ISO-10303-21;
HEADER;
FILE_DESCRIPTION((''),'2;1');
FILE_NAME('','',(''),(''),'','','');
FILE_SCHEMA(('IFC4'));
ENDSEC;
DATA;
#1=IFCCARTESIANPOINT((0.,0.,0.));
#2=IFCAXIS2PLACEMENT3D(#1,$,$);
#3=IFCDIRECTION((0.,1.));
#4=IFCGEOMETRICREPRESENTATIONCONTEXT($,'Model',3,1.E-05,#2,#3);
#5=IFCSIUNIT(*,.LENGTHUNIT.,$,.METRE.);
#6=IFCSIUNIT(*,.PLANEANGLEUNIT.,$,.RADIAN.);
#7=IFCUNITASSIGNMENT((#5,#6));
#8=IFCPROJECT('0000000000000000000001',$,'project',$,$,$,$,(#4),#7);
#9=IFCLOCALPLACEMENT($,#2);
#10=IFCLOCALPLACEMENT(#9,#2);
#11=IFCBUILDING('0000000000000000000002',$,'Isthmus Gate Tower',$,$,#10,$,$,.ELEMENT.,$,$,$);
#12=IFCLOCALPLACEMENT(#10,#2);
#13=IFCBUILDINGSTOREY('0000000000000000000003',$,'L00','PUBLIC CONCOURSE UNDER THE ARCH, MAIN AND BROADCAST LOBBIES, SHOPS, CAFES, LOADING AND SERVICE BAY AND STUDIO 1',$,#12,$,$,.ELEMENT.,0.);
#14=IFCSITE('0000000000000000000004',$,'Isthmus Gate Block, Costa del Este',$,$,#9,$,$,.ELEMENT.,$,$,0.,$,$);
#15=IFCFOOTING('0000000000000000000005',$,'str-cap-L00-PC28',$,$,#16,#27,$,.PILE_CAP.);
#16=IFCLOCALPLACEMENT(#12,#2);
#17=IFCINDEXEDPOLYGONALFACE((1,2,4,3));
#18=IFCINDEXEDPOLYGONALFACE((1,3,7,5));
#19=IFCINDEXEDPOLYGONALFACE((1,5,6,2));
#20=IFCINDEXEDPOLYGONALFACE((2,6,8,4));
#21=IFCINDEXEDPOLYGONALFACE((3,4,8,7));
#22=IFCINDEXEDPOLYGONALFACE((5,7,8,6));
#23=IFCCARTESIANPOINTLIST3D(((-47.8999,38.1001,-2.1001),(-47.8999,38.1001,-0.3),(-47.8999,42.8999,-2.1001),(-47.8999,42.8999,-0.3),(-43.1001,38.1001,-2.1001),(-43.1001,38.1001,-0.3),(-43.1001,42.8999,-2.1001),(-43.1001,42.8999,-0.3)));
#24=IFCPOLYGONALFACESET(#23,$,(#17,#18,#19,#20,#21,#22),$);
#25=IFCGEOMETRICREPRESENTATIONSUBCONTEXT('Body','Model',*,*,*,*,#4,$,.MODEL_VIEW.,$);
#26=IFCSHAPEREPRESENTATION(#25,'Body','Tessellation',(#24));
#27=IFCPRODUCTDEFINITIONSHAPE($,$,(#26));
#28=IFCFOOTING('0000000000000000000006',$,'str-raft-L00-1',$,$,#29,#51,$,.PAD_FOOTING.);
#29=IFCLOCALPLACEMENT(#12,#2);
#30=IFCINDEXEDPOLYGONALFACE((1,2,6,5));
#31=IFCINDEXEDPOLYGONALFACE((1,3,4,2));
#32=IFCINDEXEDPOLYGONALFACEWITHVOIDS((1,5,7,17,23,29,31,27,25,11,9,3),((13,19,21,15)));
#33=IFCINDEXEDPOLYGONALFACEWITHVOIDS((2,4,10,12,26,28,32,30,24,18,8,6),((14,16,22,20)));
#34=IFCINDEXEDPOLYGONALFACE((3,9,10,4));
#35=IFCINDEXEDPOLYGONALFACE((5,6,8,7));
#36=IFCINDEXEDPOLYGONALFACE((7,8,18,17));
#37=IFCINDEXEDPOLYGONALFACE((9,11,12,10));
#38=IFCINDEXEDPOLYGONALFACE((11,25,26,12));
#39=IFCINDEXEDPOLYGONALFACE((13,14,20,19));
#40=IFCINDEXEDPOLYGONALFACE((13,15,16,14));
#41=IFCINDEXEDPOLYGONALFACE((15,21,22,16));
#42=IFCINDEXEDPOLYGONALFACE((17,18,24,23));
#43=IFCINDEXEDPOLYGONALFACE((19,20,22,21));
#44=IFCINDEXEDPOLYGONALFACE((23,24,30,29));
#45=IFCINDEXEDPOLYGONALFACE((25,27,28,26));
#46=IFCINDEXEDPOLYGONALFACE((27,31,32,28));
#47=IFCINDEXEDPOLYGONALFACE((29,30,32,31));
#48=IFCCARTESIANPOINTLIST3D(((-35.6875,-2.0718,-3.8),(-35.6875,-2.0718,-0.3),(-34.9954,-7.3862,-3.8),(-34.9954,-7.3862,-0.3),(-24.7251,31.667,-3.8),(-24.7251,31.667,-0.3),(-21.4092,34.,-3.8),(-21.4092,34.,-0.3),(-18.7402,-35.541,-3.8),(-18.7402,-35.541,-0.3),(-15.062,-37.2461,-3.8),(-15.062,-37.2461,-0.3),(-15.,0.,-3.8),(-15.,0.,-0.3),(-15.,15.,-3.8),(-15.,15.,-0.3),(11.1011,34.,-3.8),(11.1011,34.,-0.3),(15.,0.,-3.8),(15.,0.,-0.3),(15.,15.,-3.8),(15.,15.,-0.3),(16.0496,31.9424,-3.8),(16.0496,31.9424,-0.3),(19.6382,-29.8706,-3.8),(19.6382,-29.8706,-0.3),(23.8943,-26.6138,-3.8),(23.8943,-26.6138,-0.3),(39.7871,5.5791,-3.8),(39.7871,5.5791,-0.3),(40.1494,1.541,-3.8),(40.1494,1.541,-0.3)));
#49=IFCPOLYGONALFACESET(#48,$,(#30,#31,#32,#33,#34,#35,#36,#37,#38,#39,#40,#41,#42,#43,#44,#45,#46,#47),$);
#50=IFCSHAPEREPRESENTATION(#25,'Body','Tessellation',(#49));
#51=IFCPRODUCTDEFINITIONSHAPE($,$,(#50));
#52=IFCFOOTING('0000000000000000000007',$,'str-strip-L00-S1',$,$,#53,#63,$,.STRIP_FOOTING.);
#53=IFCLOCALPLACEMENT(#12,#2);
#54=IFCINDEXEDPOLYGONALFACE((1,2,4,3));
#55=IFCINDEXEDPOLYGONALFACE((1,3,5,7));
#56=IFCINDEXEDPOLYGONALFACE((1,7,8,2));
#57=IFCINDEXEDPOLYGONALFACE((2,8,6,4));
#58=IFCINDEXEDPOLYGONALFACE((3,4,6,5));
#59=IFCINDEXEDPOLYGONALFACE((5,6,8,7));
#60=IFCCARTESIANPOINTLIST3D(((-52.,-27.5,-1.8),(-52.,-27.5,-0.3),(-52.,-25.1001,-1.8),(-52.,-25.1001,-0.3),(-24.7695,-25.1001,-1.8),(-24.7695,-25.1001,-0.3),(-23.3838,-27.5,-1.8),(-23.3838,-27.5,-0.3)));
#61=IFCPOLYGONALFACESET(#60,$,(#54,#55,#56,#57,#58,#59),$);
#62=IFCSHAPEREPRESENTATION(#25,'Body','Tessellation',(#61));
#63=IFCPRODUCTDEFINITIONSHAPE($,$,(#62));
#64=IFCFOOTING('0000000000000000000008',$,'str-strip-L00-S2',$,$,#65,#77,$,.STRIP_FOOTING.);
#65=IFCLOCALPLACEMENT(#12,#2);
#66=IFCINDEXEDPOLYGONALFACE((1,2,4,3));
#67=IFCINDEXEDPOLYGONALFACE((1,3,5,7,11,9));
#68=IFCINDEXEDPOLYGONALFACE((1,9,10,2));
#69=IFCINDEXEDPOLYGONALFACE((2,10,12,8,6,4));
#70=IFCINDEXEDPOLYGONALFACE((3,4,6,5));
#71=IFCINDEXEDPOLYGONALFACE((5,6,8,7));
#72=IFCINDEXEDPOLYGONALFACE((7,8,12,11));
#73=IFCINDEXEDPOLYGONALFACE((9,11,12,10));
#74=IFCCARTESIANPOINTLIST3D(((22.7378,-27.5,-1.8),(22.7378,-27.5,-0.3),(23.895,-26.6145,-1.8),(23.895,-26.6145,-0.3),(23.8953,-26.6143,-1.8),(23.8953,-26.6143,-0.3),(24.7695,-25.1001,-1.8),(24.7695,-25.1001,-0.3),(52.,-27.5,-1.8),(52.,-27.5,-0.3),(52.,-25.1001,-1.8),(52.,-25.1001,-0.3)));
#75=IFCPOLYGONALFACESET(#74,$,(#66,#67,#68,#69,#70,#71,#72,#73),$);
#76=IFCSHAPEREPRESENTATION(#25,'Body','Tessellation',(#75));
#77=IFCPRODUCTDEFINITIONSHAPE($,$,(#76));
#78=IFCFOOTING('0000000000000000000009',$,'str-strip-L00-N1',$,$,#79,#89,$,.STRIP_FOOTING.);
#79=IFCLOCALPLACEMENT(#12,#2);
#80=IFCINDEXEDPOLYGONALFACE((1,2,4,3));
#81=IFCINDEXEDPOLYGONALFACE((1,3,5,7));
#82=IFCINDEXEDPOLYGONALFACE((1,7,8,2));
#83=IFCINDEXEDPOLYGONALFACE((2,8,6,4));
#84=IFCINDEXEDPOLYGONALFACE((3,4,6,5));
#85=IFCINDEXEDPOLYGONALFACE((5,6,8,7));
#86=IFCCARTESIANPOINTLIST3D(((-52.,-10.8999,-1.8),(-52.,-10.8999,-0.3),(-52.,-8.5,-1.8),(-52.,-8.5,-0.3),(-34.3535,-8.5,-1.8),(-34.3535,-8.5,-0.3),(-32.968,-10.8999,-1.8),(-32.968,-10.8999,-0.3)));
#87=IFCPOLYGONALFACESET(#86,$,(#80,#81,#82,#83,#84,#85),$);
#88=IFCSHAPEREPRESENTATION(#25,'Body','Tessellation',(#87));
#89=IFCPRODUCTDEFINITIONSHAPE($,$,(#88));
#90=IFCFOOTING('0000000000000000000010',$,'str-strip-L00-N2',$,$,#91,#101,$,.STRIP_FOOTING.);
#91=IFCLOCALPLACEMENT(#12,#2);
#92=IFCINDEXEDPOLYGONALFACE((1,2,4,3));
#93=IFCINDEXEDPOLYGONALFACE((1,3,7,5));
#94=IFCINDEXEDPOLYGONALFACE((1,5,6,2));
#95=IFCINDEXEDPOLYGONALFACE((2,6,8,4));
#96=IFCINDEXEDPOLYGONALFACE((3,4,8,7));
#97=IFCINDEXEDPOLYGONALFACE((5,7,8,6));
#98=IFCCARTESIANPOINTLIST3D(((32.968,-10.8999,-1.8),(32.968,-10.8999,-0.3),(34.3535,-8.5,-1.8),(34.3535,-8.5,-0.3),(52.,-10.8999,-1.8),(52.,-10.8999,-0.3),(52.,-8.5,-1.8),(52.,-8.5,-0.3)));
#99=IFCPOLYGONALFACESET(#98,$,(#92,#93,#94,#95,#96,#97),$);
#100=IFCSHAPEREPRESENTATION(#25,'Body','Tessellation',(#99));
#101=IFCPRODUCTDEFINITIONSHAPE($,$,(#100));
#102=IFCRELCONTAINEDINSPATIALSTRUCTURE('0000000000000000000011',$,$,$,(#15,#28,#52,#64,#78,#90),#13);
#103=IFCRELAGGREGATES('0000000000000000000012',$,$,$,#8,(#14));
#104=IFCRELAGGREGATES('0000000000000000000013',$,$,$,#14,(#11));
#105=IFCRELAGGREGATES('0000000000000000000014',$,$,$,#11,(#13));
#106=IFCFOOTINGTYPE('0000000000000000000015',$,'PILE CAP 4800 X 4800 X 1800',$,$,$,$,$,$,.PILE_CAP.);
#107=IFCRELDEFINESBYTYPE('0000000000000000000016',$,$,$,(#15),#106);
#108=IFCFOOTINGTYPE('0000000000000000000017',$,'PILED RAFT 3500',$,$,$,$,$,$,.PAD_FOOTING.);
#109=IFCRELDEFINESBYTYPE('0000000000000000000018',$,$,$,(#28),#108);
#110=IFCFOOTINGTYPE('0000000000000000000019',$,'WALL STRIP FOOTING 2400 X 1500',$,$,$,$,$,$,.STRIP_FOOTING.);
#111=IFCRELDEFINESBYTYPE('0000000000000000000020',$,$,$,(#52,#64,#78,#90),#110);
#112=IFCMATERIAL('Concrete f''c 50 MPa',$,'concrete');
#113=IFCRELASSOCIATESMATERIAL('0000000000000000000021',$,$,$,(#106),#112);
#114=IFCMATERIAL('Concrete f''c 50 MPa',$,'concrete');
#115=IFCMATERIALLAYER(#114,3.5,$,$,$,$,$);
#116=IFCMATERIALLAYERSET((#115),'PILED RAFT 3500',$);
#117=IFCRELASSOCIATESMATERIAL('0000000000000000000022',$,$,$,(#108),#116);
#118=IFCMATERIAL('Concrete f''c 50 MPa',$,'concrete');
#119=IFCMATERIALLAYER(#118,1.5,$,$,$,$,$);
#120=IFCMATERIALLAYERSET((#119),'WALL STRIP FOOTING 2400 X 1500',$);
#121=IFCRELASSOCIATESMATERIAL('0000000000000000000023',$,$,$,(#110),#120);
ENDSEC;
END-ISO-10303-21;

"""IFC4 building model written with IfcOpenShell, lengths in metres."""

from ifc_helpers import new_model, si_unit, direction, frame, origin, place, context, subcontext, project, spatial, polyline, outline, extrude, material, layer, layer_set, type_object, element, save


model = new_model("IFC4")

# Units and contexts
model_context = context("Model", 3, precision=1e-05, world=origin(), true_north=direction((0.0, 1.0)))
body_context = subcontext(model_context, "Body", "Model", "MODEL_VIEW")
ifc_project = project(units=[si_unit("LENGTHUNIT", "METRE"), si_unit("PLANEANGLEUNIT", "RADIAN")], contexts=[model_context])

# Site, building, storey
site_placement = place(None, origin())
site = spatial("IfcSite", under=ifc_project, at=site_placement, Name="Isthmus Gate Block, Costa del Este", CompositionType="ELEMENT", RefElevation=0.0)
building_placement = place(site_placement, origin())
building = spatial("IfcBuilding", under=site, at=building_placement, Name="Isthmus Gate Tower", CompositionType="ELEMENT")
storey_placement = place(building_placement, origin())
storey = spatial("IfcBuildingStorey", under=building, at=storey_placement, Name="L00", Description="PUBLIC CONCOURSE UNDER THE ARCH, MAIN AND BROADCAST LOBBIES, SHOPS, CAFES, LOADING AND SERVICE BAY AND STUDIO 1", CompositionType="ELEMENT", Elevation=0.0)

# Footings
ifc_material_1 = material(Name="Concrete f'c 50 MPa", Category="concrete")
footing_type_1 = type_object("IfcFootingType", Name="PILE CAP 4800 X 4800 X 1800", PredefinedType="PILE_CAP", material=ifc_material_1)
footing_1_placement = place(storey_placement, frame((0.0, 0.0, -2.1001)))
element("IfcFooting", 1, at=footing_1_placement, inside=storey, type_object=footing_type_1, Name="str-cap-L00-PC28", PredefinedType="PILE_CAP", context=body_context, shape_type="SweptSolid", body=[
    extrude(outline(polyline([(-43.1001, 38.1001), (-43.1001, 42.8999), (-47.8999, 42.8999), (-47.8999, 38.1001), (-43.1001, 38.1001)])), origin(), (0.0, 0.0, 1.0), 1.8),
])
ifc_material_2 = material(Name="Concrete f'c 50 MPa", Category="concrete")
ifc_layer_1 = layer(ifc_material_2, 3.5)
ifc_layer_set_1 = layer_set([ifc_layer_1], Name="PILED RAFT 3500")
footing_type_2 = type_object("IfcFootingType", Name="PILED RAFT 3500", PredefinedType="PAD_FOOTING", material=ifc_layer_set_1)
footing_2_placement = place(storey_placement, frame((0.0, 0.0, -3.8)))
element("IfcFooting", 2, at=footing_2_placement, inside=storey, type_object=footing_type_2, Name="str-raft-L00-1", PredefinedType="PAD_FOOTING", context=body_context, shape_type="SweptSolid", body=[
    extrude(outline(polyline([(16.0496, 31.9424), (39.7871, 5.5791), (40.1494, 1.541), (23.8943, -26.6138), (19.6382, -29.8706), (-15.062, -37.2461), (-18.7402, -35.541), (-34.9954, -7.3862), (-35.6875, -2.0718), (-24.7251, 31.667), (-21.4092, 34.0), (11.1011, 34.0), (16.0496, 31.9424)]), holes=[polyline([(15.0, 15.0), (-15.0, 15.0), (-15.0, 0.0), (15.0, 0.0), (15.0, 15.0)])]), origin(), (0.0, 0.0, 1.0), 3.5),
])
ifc_material_3 = material(Name="Concrete f'c 50 MPa", Category="concrete")
ifc_layer_2 = layer(ifc_material_3, 1.5)
ifc_layer_set_2 = layer_set([ifc_layer_2], Name="WALL STRIP FOOTING 2400 X 1500")
footing_type_3 = type_object("IfcFootingType", Name="WALL STRIP FOOTING 2400 X 1500", PredefinedType="STRIP_FOOTING", material=ifc_layer_set_2)
footing_3_placement = place(storey_placement, frame((0.0, 0.0, -1.8)))
element("IfcFooting", 3, at=footing_3_placement, inside=storey, type_object=footing_type_3, Name="str-strip-L00-S1", PredefinedType="STRIP_FOOTING", context=body_context, shape_type="SweptSolid", body=[
    extrude(outline(polyline([(-52.0, -27.5), (-52.0, -25.1001), (-24.7695, -25.1001), (-23.3838, -27.5), (-52.0, -27.5)])), origin(), (0.0, 0.0, 1.0), 1.5),
])
footing_4_placement = place(storey_placement, frame((0.0, 0.0, -1.8)))
element("IfcFooting", 4, at=footing_4_placement, inside=storey, type_object=footing_type_3, Name="str-strip-L00-S2", PredefinedType="STRIP_FOOTING", context=body_context, shape_type="SweptSolid", body=[
    extrude(outline(polyline([(52.0, -25.1001), (52.0, -27.5), (22.7378, -27.5), (23.895, -26.6145), (23.895, -26.6145), (23.895, -26.6145), (23.895, -26.6145), (23.8953, -26.6143), (24.7695, -25.1001), (52.0, -25.1001)])), origin(), (0.0, 0.0, 1.0), 1.5),
])
footing_5_placement = place(storey_placement, frame((0.0, 0.0, -1.8)))
element("IfcFooting", 5, at=footing_5_placement, inside=storey, type_object=footing_type_3, Name="str-strip-L00-N1", PredefinedType="STRIP_FOOTING", context=body_context, shape_type="SweptSolid", body=[
    extrude(outline(polyline([(-52.0, -10.8999), (-52.0, -8.5), (-34.3535, -8.5), (-32.968, -10.8999), (-52.0, -10.8999)])), origin(), (0.0, 0.0, 1.0), 1.5),
])
footing_6_placement = place(storey_placement, frame((0.0, 0.0, -1.8)))
element("IfcFooting", 6, at=footing_6_placement, inside=storey, type_object=footing_type_3, Name="str-strip-L00-N2", PredefinedType="STRIP_FOOTING", context=body_context, shape_type="SweptSolid", body=[
    extrude(outline(polyline([(52.0, -8.5), (52.0, -10.8999), (32.968, -10.8999), (34.3535, -8.5), (52.0, -8.5)])), origin(), (0.0, 0.0, 1.0), 1.5),
])

save(model, "model.ifc")
